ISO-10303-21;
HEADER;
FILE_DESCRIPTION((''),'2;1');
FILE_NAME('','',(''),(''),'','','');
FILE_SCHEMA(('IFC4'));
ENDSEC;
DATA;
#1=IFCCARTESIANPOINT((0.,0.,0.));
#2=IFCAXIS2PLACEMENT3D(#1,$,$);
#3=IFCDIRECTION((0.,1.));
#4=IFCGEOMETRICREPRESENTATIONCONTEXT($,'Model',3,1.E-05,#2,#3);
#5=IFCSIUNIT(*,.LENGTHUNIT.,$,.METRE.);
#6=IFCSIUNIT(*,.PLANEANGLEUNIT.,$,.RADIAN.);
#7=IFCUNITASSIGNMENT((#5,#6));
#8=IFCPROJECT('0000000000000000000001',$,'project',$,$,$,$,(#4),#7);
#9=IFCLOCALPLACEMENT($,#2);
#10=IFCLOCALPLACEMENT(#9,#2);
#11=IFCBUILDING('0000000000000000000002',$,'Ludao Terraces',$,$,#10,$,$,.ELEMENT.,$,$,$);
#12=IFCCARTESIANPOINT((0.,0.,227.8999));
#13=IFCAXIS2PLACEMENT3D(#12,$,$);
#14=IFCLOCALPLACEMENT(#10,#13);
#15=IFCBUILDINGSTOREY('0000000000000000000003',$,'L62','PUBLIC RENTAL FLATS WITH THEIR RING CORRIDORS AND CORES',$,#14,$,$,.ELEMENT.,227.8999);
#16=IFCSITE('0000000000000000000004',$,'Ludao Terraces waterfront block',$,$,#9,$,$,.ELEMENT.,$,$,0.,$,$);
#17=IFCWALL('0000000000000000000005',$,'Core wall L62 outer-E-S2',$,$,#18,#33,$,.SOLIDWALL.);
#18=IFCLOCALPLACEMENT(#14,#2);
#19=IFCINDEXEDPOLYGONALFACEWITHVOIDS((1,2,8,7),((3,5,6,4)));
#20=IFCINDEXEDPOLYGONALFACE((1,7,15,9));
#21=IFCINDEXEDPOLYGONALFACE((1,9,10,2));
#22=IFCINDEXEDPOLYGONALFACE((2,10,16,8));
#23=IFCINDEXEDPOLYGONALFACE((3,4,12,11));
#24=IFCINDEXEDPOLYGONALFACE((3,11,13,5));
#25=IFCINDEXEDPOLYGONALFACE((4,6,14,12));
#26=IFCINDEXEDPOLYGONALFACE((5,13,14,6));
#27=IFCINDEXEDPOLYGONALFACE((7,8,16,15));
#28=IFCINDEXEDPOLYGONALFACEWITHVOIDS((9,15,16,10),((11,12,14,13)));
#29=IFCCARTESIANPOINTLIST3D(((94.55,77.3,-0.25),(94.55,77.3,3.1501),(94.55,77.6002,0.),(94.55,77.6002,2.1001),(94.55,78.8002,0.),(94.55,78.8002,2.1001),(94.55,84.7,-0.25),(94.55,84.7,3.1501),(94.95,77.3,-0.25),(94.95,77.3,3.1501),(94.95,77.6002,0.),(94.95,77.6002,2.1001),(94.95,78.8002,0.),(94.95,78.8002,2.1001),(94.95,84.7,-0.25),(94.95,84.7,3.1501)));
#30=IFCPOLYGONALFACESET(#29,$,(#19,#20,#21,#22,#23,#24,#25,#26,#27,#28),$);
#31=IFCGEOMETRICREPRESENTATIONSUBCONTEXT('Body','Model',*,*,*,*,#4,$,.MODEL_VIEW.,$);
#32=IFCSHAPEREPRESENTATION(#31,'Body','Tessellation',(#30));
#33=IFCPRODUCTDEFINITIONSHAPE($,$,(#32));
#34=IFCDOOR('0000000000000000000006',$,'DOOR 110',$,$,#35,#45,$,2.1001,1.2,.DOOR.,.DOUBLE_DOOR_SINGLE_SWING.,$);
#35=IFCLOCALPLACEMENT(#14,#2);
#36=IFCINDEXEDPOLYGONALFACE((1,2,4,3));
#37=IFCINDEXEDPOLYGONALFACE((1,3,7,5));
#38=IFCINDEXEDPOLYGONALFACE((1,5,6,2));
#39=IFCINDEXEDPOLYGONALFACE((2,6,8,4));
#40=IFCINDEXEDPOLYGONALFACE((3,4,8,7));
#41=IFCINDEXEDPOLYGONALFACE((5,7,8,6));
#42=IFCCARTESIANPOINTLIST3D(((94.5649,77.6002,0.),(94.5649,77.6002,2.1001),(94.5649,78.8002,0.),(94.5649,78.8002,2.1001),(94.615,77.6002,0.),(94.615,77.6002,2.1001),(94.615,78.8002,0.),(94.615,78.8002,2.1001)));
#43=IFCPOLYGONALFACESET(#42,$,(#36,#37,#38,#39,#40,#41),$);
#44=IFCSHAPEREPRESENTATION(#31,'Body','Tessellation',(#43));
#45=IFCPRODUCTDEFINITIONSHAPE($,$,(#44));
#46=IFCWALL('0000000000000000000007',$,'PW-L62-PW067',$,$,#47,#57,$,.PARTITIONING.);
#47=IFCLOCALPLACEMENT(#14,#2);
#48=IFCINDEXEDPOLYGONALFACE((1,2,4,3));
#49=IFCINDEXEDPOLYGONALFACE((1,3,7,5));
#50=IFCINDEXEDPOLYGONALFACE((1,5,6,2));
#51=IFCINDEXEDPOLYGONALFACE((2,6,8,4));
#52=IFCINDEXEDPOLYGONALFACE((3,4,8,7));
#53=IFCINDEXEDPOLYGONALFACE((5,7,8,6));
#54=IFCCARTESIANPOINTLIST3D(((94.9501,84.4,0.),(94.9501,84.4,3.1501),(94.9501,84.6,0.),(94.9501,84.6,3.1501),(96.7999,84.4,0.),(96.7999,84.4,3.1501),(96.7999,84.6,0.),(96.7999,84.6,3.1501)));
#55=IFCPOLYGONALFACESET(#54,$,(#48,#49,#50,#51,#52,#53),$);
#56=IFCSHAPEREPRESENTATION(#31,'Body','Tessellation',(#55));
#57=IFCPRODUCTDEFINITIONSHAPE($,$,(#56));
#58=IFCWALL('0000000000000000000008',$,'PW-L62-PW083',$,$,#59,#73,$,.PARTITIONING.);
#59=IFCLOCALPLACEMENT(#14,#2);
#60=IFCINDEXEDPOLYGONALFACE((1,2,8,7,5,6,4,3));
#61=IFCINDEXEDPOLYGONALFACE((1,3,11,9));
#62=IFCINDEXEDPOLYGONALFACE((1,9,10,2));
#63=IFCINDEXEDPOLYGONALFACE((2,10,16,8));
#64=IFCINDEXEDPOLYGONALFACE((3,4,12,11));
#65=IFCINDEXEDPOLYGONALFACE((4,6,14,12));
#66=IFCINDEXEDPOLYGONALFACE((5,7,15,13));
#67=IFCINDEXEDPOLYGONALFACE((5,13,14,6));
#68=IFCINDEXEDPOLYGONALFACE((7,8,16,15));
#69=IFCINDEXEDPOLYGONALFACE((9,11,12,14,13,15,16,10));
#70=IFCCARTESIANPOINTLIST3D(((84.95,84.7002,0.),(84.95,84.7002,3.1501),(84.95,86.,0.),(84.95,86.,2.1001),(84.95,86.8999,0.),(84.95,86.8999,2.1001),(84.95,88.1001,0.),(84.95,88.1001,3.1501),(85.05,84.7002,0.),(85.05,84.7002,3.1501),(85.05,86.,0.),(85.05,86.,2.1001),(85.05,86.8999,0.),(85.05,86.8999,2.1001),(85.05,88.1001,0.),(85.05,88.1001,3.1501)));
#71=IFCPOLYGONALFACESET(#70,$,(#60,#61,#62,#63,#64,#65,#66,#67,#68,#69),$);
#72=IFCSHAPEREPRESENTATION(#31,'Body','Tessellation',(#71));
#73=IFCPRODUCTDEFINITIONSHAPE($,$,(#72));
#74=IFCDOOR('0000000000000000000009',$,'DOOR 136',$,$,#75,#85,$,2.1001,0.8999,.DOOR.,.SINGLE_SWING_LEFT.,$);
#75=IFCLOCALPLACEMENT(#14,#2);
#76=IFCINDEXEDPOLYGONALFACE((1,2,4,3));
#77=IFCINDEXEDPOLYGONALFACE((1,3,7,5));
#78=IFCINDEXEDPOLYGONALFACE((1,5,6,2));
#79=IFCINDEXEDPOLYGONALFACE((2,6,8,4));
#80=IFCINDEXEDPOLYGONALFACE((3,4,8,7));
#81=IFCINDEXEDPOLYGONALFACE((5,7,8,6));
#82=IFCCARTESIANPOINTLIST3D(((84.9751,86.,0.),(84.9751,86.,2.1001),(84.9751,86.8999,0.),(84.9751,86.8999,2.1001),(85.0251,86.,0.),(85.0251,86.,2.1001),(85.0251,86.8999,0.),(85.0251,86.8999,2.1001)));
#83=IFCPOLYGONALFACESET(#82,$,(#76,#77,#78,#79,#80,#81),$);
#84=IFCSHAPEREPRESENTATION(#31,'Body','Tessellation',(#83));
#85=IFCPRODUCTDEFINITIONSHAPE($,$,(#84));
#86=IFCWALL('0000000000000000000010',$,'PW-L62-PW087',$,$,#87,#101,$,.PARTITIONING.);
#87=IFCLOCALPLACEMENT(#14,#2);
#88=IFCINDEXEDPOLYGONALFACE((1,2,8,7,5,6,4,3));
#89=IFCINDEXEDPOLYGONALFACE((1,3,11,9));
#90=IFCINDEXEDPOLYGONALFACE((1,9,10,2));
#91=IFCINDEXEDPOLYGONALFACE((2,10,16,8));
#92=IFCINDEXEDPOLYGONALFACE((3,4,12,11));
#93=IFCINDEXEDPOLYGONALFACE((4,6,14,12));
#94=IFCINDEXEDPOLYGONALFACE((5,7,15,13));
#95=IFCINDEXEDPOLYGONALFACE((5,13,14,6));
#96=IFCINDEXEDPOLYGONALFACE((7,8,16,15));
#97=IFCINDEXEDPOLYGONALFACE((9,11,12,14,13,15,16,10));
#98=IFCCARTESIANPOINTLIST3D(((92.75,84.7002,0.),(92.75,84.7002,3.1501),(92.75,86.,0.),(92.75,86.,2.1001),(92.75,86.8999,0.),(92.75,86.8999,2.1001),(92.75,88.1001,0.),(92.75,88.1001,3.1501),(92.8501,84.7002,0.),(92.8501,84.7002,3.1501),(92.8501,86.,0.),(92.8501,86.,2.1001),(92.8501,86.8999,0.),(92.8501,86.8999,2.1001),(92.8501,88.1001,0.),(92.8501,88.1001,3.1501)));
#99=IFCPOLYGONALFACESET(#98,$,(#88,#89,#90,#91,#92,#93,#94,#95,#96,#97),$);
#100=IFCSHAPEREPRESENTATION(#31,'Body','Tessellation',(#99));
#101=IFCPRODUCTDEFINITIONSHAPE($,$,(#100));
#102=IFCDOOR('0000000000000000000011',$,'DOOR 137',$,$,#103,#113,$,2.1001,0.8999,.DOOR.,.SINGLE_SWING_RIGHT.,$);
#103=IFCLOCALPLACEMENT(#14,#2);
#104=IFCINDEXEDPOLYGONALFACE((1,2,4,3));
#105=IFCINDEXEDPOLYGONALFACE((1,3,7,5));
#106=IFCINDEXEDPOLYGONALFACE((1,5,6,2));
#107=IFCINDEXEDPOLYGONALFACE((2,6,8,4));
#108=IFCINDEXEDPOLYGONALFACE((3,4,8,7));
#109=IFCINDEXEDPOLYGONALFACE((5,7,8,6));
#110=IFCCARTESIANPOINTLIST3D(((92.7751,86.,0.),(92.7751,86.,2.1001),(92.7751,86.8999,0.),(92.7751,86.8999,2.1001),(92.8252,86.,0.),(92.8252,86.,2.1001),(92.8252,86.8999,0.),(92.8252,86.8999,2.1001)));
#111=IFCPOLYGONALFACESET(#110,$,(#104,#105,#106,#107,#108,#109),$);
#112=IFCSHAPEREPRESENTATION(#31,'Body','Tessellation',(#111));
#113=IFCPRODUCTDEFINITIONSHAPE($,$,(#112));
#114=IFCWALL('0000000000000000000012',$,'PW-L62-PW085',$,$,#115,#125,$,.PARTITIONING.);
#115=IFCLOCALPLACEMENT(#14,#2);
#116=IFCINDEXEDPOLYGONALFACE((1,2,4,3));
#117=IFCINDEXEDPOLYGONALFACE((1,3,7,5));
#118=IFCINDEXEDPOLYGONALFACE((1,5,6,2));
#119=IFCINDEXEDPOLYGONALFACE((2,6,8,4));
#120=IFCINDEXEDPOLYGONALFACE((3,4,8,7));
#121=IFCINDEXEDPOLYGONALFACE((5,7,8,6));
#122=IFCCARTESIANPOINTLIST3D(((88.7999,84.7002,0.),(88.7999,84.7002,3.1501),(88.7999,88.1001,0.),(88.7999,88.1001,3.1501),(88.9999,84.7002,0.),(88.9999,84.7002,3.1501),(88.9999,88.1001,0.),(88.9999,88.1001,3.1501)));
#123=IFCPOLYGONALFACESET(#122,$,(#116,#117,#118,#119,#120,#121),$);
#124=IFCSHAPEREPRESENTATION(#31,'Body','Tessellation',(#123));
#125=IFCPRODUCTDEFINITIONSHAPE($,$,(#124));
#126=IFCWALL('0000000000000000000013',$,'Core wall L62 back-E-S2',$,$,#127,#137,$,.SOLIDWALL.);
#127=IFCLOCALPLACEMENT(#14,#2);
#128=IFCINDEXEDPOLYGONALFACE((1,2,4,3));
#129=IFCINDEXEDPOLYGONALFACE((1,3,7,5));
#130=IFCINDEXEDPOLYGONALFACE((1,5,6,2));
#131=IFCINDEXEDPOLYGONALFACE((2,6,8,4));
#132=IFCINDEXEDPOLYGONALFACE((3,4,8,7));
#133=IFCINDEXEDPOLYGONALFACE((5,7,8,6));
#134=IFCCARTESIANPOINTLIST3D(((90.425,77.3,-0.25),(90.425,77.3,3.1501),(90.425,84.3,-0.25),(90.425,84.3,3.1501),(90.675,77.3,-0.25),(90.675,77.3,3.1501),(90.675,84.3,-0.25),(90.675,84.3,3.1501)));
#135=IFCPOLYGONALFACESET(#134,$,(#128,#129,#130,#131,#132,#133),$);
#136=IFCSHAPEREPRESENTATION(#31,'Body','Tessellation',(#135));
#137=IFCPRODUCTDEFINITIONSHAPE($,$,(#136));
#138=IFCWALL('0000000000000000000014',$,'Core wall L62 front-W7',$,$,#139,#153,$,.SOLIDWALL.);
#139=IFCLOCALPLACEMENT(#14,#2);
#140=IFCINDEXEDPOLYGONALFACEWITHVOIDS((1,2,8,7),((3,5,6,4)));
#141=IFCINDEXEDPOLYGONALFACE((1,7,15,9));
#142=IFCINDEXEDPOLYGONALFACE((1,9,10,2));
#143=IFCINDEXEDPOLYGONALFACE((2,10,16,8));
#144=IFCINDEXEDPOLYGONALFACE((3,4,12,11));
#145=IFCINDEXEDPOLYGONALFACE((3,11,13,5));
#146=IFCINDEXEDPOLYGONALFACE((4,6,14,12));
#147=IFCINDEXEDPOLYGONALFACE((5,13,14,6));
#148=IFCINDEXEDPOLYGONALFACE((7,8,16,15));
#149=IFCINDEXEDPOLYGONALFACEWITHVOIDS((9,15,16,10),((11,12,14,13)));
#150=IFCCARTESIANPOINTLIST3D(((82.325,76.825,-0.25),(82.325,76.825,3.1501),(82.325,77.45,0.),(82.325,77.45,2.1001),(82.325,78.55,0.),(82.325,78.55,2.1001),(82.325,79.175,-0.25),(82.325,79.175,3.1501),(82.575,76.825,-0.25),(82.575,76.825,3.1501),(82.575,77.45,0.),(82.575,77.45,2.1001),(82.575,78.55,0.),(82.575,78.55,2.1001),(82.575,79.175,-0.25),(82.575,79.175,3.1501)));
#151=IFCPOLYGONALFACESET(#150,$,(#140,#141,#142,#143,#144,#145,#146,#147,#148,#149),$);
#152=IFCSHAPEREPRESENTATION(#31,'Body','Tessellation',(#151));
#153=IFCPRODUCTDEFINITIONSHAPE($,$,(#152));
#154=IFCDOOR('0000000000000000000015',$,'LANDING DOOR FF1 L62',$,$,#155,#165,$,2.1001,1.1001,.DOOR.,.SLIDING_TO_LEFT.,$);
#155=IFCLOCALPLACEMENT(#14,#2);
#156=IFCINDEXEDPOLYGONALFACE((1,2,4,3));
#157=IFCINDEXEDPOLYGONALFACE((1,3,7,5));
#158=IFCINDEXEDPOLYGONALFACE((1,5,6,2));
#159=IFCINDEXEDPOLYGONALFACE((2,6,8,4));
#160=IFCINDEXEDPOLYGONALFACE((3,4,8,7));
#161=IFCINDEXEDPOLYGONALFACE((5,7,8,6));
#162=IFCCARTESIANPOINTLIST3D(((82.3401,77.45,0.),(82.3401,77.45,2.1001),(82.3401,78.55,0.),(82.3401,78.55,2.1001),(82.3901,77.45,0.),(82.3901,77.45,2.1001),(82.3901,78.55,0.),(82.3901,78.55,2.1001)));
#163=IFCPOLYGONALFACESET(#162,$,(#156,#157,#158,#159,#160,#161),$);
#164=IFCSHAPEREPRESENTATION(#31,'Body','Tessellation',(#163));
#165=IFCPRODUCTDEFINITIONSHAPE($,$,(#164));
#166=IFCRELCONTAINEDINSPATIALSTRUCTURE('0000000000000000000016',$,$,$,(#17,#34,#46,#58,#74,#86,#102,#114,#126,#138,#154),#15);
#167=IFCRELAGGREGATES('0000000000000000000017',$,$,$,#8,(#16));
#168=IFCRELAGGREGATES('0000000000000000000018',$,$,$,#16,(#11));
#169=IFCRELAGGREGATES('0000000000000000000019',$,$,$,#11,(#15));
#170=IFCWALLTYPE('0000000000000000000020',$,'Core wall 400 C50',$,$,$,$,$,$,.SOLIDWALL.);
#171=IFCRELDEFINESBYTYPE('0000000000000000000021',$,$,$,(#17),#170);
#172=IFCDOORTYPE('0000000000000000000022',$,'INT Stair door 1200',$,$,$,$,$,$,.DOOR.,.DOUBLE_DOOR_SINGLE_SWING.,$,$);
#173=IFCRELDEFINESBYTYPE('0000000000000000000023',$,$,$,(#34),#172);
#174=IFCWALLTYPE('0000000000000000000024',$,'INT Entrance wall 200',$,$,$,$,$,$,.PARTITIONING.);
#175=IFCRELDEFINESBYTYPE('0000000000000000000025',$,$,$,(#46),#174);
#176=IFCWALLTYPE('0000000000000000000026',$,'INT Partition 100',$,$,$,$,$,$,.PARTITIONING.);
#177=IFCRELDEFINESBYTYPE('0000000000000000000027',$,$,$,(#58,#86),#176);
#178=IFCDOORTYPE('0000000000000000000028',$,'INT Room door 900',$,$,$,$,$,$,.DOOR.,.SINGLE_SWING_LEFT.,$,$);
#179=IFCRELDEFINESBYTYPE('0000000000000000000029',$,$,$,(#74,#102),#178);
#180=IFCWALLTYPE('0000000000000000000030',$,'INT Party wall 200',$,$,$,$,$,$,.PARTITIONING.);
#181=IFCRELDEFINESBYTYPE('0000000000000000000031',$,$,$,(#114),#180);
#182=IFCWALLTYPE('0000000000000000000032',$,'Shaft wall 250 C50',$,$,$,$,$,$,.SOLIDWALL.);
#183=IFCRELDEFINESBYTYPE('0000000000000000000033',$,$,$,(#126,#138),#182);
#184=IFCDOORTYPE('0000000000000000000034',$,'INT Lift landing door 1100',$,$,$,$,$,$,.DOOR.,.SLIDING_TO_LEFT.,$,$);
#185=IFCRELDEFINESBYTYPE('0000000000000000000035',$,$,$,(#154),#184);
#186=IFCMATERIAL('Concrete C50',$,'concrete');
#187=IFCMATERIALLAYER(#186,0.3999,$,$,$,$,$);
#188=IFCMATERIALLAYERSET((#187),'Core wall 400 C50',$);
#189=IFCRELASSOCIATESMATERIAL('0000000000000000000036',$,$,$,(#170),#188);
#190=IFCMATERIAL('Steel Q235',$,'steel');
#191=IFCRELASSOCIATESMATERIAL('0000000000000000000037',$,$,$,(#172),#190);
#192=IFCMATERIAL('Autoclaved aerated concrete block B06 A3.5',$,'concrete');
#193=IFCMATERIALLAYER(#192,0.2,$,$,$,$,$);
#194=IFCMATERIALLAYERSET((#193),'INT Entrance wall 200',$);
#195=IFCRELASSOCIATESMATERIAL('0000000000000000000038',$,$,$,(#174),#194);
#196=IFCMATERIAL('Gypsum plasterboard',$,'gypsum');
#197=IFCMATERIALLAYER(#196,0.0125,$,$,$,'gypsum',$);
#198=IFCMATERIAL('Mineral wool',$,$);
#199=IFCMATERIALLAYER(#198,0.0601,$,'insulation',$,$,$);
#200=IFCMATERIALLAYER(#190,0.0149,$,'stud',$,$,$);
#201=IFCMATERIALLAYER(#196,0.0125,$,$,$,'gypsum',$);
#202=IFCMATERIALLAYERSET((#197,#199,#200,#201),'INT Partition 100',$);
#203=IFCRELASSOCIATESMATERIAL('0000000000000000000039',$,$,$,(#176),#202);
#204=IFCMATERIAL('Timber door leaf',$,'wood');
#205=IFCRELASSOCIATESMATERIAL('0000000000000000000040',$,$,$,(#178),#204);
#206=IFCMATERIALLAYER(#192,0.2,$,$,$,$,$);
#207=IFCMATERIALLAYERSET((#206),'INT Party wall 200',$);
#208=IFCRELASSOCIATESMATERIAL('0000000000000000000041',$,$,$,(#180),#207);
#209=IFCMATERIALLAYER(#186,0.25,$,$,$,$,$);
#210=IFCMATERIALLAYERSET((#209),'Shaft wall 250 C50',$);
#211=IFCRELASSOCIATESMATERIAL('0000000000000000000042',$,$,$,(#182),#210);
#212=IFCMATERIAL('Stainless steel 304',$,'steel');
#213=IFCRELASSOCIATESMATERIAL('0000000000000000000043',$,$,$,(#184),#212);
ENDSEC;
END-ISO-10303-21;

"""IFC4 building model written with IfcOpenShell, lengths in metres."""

from ifc_helpers import new_model, si_unit, direction, frame, frame_2d, origin, place, context, subcontext, project, spatial, rectangle, extrude, material, layer, layer_set, type_object, element, fill, save


model = new_model("IFC4")

# Units and contexts
model_context = context("Model", 3, precision=1e-05, world=origin(), true_north=direction((0.0, 1.0)))
body_context = subcontext(model_context, "Body", "Model", "MODEL_VIEW")
ifc_project = project(units=[si_unit("LENGTHUNIT", "METRE"), si_unit("PLANEANGLEUNIT", "RADIAN")], contexts=[model_context])

# Site, building, storey
site_placement = place(None, origin())
site = spatial("IfcSite", under=ifc_project, at=site_placement, Name="Ludao Terraces waterfront block", CompositionType="ELEMENT", RefElevation=0.0)
building_placement = place(site_placement, origin())
building = spatial("IfcBuilding", under=site, at=building_placement, Name="Ludao Terraces", CompositionType="ELEMENT")
storey_placement = place(building_placement, frame((0.0, 0.0, 227.8999)))
storey = spatial("IfcBuildingStorey", under=building, at=storey_placement, Name="L62", Description="PUBLIC RENTAL FLATS WITH THEIR RING CORRIDORS AND CORES", CompositionType="ELEMENT", Elevation=227.8999)

# Wall, opening, door
ifc_material_1 = material(Name="Concrete C50", Category="concrete")
ifc_layer_1 = layer(ifc_material_1, 0.3999)
ifc_layer_set_1 = layer_set([ifc_layer_1], Name="Core wall 400 C50")
wall_type_1 = type_object("IfcWallType", Name="Core wall 400 C50", PredefinedType="SOLIDWALL", material=ifc_layer_set_1)
wall_1_placement = place(storey_placement, frame((94.75, 77.3, -0.25), z_axis=(0.0, 0.0, 1.0), x_axis=(0.0, 1.0, 0.0)))
wall_1 = element("IfcWall", 1, at=wall_1_placement, inside=storey, type_object=wall_type_1, Name="Core wall L62 outer-E-S2", PredefinedType="SOLIDWALL", context=body_context, shape_type="SweptSolid", body=[
    extrude(rectangle(XDim=7.3999, YDim=0.3999, at=frame_2d((3.7, 0.0))), origin(), (0.0, 0.0, 1.0), 3.4001),
])
opening_1_placement = place(wall_1_placement, frame((0.3, 0.0, 0.25)))
opening_1 = element("IfcOpeningElement", 2, at=opening_1_placement, cuts=wall_1, PredefinedType="OPENING", context=body_context, shape_type="SweptSolid", body=[
    extrude(rectangle(XDim=1.2, YDim=2.1001, at=frame_2d((0.6001, 1.05))), frame((0.0, 0.21, 0.0), z_axis=(0.0, -1.0, 0.0), x_axis=(1.0, 0.0, 0.0)), (0.0, 0.0, 1.0), 0.4199),
])
ifc_material_2 = material(Name="Steel Q235", Category="steel")
door_type_1 = type_object("IfcDoorType", Name="INT Stair door 1200", OperationType="DOUBLE_DOOR_SINGLE_SWING", PredefinedType="DOOR", material=ifc_material_2)
door_1_placement = place(opening_1_placement, origin())
door_1 = element("IfcDoor", 3, at=door_1_placement, inside=storey, type_object=door_type_1, Name="DOOR 110", OperationType="DOUBLE_DOOR_SINGLE_SWING", OverallHeight=2.1001, OverallWidth=1.2, PredefinedType="DOOR", context=body_context, shape_type="SweptSolid", body=[
    extrude(rectangle(XDim=1.2, YDim=2.1001, at=frame_2d((0.6001, 1.05))), frame((0.0, 0.1851, 0.0), z_axis=(0.0, -1.0, 0.0), x_axis=(1.0, 0.0, 0.0)), (0.0, 0.0, 1.0), 0.05),
])
fill(opening_1, door_1)

# Wall
ifc_material_3 = material(Name="Autoclaved aerated concrete block B06 A3.5", Category="concrete")
ifc_layer_2 = layer(ifc_material_3, 0.2)
ifc_layer_set_2 = layer_set([ifc_layer_2], Name="INT Entrance wall 200")
wall_type_2 = type_object("IfcWallType", Name="INT Entrance wall 200", PredefinedType="PARTITIONING", material=ifc_layer_set_2)
wall_2_placement = place(storey_placement, frame((94.9502, 84.5, 0.0), z_axis=(0.0, 0.0, 1.0), x_axis=(1.0, 0.0, 0.0)))
element("IfcWall", 4, at=wall_2_placement, inside=storey, type_object=wall_type_2, Name="PW-L62-PW067", PredefinedType="PARTITIONING", context=body_context, shape_type="SweptSolid", body=[
    extrude(rectangle(XDim=1.8499, YDim=0.2, at=frame_2d((0.9248, 0.0))), origin(), (0.0, 0.0, 1.0), 3.1501),
])

# Walls, openings, doors
ifc_material_4 = material(Name="Gypsum plasterboard", Category="gypsum")
ifc_layer_3 = layer(ifc_material_4, 0.0125, Category="gypsum")
ifc_material_5 = material(Name="Mineral wool")
ifc_layer_4 = layer(ifc_material_5, 0.0601, Name="insulation")
ifc_layer_5 = layer(ifc_material_2, 0.0149, Name="stud")
ifc_layer_6 = layer(ifc_material_4, 0.0125, Category="gypsum")
ifc_layer_set_3 = layer_set([ifc_layer_3, ifc_layer_4, ifc_layer_5, ifc_layer_6], Name="INT Partition 100")
wall_type_3 = type_object("IfcWallType", Name="INT Partition 100", PredefinedType="PARTITIONING", material=ifc_layer_set_3)
wall_3_placement = place(storey_placement, frame((85.0, 84.7002, 0.0), z_axis=(0.0, 0.0, 1.0), x_axis=(0.0, 1.0, 0.0)))
wall_3 = element("IfcWall", 5, at=wall_3_placement, inside=storey, type_object=wall_type_3, Name="PW-L62-PW083", PredefinedType="PARTITIONING", context=body_context, shape_type="SweptSolid", body=[
    extrude(rectangle(XDim=3.3999, YDim=0.1001, at=frame_2d((1.7, 0.0))), origin(), (0.0, 0.0, 1.0), 3.1501),
])
opening_2_placement = place(wall_3_placement, frame((1.2998, 0.0, 0.0)))
opening_2 = element("IfcOpeningElement", 6, at=opening_2_placement, cuts=wall_3, PredefinedType="OPENING", context=body_context, shape_type="SweptSolid", body=[
    extrude(rectangle(XDim=0.8999, YDim=2.1001, at=frame_2d((0.45, 1.05))), frame((0.0, 0.0601, 0.0), z_axis=(0.0, -1.0, 0.0), x_axis=(1.0, 0.0, 0.0)), (0.0, 0.0, 1.0), 0.1201),
])
ifc_material_6 = material(Name="Timber door leaf", Category="wood")
door_type_2 = type_object("IfcDoorType", Name="INT Room door 900", OperationType="SINGLE_SWING_LEFT", PredefinedType="DOOR", material=ifc_material_6)
door_2_placement = place(opening_2_placement, origin())
door_2 = element("IfcDoor", 7, at=door_2_placement, inside=storey, type_object=door_type_2, Name="DOOR 136", OperationType="SINGLE_SWING_LEFT", OverallHeight=2.1001, OverallWidth=0.8999, PredefinedType="DOOR", context=body_context, shape_type="SweptSolid", body=[
    extrude(rectangle(XDim=0.8999, YDim=2.1001, at=frame_2d((0.45, 1.05))), frame((0.0, 0.0249, 0.0), z_axis=(0.0, -1.0, 0.0), x_axis=(1.0, 0.0, 0.0)), (0.0, 0.0, 1.0), 0.05),
])
fill(opening_2, door_2)
wall_4_placement = place(storey_placement, frame((92.8, 84.7002, 0.0), z_axis=(0.0, 0.0, 1.0), x_axis=(0.0, 1.0, 0.0)))
wall_4 = element("IfcWall", 8, at=wall_4_placement, inside=storey, type_object=wall_type_3, Name="PW-L62-PW087", PredefinedType="PARTITIONING", context=body_context, shape_type="SweptSolid", body=[
    extrude(rectangle(XDim=3.3999, YDim=0.1001, at=frame_2d((1.7, 0.0))), origin(), (0.0, 0.0, 1.0), 3.1501),
])
opening_3_placement = place(wall_4_placement, frame((1.2998, 0.0, 0.0)))
opening_3 = element("IfcOpeningElement", 9, at=opening_3_placement, cuts=wall_4, PredefinedType="OPENING", context=body_context, shape_type="SweptSolid", body=[
    extrude(rectangle(XDim=0.8999, YDim=2.1001, at=frame_2d((0.45, 1.05))), frame((0.0, 0.0601, 0.0), z_axis=(0.0, -1.0, 0.0), x_axis=(1.0, 0.0, 0.0)), (0.0, 0.0, 1.0), 0.1201),
])
door_3_placement = place(opening_3_placement, origin())
door_3 = element("IfcDoor", 10, at=door_3_placement, inside=storey, type_object=door_type_2, Name="DOOR 137", OperationType="SINGLE_SWING_RIGHT", OverallHeight=2.1001, OverallWidth=0.8999, PredefinedType="DOOR", context=body_context, shape_type="SweptSolid", body=[
    extrude(rectangle(XDim=0.8999, YDim=2.1001, at=frame_2d((0.45, 1.05))), frame((0.0, 0.0249, 0.0), z_axis=(0.0, -1.0, 0.0), x_axis=(1.0, 0.0, 0.0)), (0.0, 0.0, 1.0), 0.05),
])
fill(opening_3, door_3)

# Walls
ifc_layer_7 = layer(ifc_material_3, 0.2)
ifc_layer_set_4 = layer_set([ifc_layer_7], Name="INT Party wall 200")
wall_type_4 = type_object("IfcWallType", Name="INT Party wall 200", PredefinedType="PARTITIONING", material=ifc_layer_set_4)
wall_5_placement = place(storey_placement, frame((88.8999, 84.7002, 0.0), z_axis=(0.0, 0.0, 1.0), x_axis=(0.0, 1.0, 0.0)))
element("IfcWall", 11, at=wall_5_placement, inside=storey, type_object=wall_type_4, Name="PW-L62-PW085", PredefinedType="PARTITIONING", context=body_context, shape_type="SweptSolid", body=[
    extrude(rectangle(XDim=3.3999, YDim=0.2, at=frame_2d((1.7, 0.0))), origin(), (0.0, 0.0, 1.0), 3.1501),
])
ifc_layer_8 = layer(ifc_material_1, 0.25)
ifc_layer_set_5 = layer_set([ifc_layer_8], Name="Shaft wall 250 C50")
wall_type_5 = type_object("IfcWallType", Name="Shaft wall 250 C50", PredefinedType="SOLIDWALL", material=ifc_layer_set_5)
wall_6_placement = place(storey_placement, frame((90.55, 77.3, -0.25), z_axis=(0.0, 0.0, 1.0), x_axis=(0.0, 1.0, 0.0)))
element("IfcWall", 12, at=wall_6_placement, inside=storey, type_object=wall_type_5, Name="Core wall L62 back-E-S2", PredefinedType="SOLIDWALL", context=body_context, shape_type="SweptSolid", body=[
    extrude(rectangle(XDim=7.0, YDim=0.25, at=frame_2d((3.5, 0.0))), origin(), (0.0, 0.0, 1.0), 3.4001),
])

# Wall, opening, door
wall_7_placement = place(storey_placement, frame((82.45, 76.825, -0.25), z_axis=(0.0, 0.0, 1.0), x_axis=(0.0, 1.0, 0.0)))
wall_7 = element("IfcWall", 13, at=wall_7_placement, inside=storey, type_object=wall_type_5, Name="Core wall L62 front-W7", PredefinedType="SOLIDWALL", context=body_context, shape_type="SweptSolid", body=[
    extrude(rectangle(XDim=2.3501, YDim=0.25, at=frame_2d((1.175, 0.0))), origin(), (0.0, 0.0, 1.0), 3.4001),
])
opening_4_placement = place(wall_7_placement, frame((0.625, 0.0, 0.25)))
opening_4 = element("IfcOpeningElement", 14, at=opening_4_placement, cuts=wall_7, PredefinedType="OPENING", context=body_context, shape_type="SweptSolid", body=[
    extrude(rectangle(XDim=1.1001, YDim=2.1001, at=frame_2d((0.55, 1.05))), frame((0.0, 0.135, 0.0), z_axis=(0.0, -1.0, 0.0), x_axis=(1.0, 0.0, 0.0)), (0.0, 0.0, 1.0), 0.27),
])
ifc_material_7 = material(Name="Stainless steel 304", Category="steel")
door_type_3 = type_object("IfcDoorType", Name="INT Lift landing door 1100", OperationType="SLIDING_TO_LEFT", PredefinedType="DOOR", material=ifc_material_7)
door_4_placement = place(opening_4_placement, origin())
door_4 = element("IfcDoor", 15, at=door_4_placement, inside=storey, type_object=door_type_3, Name="LANDING DOOR FF1 L62", OperationType="SLIDING_TO_LEFT", OverallHeight=2.1001, OverallWidth=1.1001, PredefinedType="DOOR", context=body_context, shape_type="SweptSolid", body=[
    extrude(rectangle(XDim=1.1001, YDim=2.1001, at=frame_2d((0.55, 1.05))), frame((0.0, 0.1099, 0.0), z_axis=(0.0, -1.0, 0.0), x_axis=(1.0, 0.0, 0.0)), (0.0, 0.0, 1.0), 0.05),
])
fill(opening_4, door_4)

save(model, "model.ifc")
